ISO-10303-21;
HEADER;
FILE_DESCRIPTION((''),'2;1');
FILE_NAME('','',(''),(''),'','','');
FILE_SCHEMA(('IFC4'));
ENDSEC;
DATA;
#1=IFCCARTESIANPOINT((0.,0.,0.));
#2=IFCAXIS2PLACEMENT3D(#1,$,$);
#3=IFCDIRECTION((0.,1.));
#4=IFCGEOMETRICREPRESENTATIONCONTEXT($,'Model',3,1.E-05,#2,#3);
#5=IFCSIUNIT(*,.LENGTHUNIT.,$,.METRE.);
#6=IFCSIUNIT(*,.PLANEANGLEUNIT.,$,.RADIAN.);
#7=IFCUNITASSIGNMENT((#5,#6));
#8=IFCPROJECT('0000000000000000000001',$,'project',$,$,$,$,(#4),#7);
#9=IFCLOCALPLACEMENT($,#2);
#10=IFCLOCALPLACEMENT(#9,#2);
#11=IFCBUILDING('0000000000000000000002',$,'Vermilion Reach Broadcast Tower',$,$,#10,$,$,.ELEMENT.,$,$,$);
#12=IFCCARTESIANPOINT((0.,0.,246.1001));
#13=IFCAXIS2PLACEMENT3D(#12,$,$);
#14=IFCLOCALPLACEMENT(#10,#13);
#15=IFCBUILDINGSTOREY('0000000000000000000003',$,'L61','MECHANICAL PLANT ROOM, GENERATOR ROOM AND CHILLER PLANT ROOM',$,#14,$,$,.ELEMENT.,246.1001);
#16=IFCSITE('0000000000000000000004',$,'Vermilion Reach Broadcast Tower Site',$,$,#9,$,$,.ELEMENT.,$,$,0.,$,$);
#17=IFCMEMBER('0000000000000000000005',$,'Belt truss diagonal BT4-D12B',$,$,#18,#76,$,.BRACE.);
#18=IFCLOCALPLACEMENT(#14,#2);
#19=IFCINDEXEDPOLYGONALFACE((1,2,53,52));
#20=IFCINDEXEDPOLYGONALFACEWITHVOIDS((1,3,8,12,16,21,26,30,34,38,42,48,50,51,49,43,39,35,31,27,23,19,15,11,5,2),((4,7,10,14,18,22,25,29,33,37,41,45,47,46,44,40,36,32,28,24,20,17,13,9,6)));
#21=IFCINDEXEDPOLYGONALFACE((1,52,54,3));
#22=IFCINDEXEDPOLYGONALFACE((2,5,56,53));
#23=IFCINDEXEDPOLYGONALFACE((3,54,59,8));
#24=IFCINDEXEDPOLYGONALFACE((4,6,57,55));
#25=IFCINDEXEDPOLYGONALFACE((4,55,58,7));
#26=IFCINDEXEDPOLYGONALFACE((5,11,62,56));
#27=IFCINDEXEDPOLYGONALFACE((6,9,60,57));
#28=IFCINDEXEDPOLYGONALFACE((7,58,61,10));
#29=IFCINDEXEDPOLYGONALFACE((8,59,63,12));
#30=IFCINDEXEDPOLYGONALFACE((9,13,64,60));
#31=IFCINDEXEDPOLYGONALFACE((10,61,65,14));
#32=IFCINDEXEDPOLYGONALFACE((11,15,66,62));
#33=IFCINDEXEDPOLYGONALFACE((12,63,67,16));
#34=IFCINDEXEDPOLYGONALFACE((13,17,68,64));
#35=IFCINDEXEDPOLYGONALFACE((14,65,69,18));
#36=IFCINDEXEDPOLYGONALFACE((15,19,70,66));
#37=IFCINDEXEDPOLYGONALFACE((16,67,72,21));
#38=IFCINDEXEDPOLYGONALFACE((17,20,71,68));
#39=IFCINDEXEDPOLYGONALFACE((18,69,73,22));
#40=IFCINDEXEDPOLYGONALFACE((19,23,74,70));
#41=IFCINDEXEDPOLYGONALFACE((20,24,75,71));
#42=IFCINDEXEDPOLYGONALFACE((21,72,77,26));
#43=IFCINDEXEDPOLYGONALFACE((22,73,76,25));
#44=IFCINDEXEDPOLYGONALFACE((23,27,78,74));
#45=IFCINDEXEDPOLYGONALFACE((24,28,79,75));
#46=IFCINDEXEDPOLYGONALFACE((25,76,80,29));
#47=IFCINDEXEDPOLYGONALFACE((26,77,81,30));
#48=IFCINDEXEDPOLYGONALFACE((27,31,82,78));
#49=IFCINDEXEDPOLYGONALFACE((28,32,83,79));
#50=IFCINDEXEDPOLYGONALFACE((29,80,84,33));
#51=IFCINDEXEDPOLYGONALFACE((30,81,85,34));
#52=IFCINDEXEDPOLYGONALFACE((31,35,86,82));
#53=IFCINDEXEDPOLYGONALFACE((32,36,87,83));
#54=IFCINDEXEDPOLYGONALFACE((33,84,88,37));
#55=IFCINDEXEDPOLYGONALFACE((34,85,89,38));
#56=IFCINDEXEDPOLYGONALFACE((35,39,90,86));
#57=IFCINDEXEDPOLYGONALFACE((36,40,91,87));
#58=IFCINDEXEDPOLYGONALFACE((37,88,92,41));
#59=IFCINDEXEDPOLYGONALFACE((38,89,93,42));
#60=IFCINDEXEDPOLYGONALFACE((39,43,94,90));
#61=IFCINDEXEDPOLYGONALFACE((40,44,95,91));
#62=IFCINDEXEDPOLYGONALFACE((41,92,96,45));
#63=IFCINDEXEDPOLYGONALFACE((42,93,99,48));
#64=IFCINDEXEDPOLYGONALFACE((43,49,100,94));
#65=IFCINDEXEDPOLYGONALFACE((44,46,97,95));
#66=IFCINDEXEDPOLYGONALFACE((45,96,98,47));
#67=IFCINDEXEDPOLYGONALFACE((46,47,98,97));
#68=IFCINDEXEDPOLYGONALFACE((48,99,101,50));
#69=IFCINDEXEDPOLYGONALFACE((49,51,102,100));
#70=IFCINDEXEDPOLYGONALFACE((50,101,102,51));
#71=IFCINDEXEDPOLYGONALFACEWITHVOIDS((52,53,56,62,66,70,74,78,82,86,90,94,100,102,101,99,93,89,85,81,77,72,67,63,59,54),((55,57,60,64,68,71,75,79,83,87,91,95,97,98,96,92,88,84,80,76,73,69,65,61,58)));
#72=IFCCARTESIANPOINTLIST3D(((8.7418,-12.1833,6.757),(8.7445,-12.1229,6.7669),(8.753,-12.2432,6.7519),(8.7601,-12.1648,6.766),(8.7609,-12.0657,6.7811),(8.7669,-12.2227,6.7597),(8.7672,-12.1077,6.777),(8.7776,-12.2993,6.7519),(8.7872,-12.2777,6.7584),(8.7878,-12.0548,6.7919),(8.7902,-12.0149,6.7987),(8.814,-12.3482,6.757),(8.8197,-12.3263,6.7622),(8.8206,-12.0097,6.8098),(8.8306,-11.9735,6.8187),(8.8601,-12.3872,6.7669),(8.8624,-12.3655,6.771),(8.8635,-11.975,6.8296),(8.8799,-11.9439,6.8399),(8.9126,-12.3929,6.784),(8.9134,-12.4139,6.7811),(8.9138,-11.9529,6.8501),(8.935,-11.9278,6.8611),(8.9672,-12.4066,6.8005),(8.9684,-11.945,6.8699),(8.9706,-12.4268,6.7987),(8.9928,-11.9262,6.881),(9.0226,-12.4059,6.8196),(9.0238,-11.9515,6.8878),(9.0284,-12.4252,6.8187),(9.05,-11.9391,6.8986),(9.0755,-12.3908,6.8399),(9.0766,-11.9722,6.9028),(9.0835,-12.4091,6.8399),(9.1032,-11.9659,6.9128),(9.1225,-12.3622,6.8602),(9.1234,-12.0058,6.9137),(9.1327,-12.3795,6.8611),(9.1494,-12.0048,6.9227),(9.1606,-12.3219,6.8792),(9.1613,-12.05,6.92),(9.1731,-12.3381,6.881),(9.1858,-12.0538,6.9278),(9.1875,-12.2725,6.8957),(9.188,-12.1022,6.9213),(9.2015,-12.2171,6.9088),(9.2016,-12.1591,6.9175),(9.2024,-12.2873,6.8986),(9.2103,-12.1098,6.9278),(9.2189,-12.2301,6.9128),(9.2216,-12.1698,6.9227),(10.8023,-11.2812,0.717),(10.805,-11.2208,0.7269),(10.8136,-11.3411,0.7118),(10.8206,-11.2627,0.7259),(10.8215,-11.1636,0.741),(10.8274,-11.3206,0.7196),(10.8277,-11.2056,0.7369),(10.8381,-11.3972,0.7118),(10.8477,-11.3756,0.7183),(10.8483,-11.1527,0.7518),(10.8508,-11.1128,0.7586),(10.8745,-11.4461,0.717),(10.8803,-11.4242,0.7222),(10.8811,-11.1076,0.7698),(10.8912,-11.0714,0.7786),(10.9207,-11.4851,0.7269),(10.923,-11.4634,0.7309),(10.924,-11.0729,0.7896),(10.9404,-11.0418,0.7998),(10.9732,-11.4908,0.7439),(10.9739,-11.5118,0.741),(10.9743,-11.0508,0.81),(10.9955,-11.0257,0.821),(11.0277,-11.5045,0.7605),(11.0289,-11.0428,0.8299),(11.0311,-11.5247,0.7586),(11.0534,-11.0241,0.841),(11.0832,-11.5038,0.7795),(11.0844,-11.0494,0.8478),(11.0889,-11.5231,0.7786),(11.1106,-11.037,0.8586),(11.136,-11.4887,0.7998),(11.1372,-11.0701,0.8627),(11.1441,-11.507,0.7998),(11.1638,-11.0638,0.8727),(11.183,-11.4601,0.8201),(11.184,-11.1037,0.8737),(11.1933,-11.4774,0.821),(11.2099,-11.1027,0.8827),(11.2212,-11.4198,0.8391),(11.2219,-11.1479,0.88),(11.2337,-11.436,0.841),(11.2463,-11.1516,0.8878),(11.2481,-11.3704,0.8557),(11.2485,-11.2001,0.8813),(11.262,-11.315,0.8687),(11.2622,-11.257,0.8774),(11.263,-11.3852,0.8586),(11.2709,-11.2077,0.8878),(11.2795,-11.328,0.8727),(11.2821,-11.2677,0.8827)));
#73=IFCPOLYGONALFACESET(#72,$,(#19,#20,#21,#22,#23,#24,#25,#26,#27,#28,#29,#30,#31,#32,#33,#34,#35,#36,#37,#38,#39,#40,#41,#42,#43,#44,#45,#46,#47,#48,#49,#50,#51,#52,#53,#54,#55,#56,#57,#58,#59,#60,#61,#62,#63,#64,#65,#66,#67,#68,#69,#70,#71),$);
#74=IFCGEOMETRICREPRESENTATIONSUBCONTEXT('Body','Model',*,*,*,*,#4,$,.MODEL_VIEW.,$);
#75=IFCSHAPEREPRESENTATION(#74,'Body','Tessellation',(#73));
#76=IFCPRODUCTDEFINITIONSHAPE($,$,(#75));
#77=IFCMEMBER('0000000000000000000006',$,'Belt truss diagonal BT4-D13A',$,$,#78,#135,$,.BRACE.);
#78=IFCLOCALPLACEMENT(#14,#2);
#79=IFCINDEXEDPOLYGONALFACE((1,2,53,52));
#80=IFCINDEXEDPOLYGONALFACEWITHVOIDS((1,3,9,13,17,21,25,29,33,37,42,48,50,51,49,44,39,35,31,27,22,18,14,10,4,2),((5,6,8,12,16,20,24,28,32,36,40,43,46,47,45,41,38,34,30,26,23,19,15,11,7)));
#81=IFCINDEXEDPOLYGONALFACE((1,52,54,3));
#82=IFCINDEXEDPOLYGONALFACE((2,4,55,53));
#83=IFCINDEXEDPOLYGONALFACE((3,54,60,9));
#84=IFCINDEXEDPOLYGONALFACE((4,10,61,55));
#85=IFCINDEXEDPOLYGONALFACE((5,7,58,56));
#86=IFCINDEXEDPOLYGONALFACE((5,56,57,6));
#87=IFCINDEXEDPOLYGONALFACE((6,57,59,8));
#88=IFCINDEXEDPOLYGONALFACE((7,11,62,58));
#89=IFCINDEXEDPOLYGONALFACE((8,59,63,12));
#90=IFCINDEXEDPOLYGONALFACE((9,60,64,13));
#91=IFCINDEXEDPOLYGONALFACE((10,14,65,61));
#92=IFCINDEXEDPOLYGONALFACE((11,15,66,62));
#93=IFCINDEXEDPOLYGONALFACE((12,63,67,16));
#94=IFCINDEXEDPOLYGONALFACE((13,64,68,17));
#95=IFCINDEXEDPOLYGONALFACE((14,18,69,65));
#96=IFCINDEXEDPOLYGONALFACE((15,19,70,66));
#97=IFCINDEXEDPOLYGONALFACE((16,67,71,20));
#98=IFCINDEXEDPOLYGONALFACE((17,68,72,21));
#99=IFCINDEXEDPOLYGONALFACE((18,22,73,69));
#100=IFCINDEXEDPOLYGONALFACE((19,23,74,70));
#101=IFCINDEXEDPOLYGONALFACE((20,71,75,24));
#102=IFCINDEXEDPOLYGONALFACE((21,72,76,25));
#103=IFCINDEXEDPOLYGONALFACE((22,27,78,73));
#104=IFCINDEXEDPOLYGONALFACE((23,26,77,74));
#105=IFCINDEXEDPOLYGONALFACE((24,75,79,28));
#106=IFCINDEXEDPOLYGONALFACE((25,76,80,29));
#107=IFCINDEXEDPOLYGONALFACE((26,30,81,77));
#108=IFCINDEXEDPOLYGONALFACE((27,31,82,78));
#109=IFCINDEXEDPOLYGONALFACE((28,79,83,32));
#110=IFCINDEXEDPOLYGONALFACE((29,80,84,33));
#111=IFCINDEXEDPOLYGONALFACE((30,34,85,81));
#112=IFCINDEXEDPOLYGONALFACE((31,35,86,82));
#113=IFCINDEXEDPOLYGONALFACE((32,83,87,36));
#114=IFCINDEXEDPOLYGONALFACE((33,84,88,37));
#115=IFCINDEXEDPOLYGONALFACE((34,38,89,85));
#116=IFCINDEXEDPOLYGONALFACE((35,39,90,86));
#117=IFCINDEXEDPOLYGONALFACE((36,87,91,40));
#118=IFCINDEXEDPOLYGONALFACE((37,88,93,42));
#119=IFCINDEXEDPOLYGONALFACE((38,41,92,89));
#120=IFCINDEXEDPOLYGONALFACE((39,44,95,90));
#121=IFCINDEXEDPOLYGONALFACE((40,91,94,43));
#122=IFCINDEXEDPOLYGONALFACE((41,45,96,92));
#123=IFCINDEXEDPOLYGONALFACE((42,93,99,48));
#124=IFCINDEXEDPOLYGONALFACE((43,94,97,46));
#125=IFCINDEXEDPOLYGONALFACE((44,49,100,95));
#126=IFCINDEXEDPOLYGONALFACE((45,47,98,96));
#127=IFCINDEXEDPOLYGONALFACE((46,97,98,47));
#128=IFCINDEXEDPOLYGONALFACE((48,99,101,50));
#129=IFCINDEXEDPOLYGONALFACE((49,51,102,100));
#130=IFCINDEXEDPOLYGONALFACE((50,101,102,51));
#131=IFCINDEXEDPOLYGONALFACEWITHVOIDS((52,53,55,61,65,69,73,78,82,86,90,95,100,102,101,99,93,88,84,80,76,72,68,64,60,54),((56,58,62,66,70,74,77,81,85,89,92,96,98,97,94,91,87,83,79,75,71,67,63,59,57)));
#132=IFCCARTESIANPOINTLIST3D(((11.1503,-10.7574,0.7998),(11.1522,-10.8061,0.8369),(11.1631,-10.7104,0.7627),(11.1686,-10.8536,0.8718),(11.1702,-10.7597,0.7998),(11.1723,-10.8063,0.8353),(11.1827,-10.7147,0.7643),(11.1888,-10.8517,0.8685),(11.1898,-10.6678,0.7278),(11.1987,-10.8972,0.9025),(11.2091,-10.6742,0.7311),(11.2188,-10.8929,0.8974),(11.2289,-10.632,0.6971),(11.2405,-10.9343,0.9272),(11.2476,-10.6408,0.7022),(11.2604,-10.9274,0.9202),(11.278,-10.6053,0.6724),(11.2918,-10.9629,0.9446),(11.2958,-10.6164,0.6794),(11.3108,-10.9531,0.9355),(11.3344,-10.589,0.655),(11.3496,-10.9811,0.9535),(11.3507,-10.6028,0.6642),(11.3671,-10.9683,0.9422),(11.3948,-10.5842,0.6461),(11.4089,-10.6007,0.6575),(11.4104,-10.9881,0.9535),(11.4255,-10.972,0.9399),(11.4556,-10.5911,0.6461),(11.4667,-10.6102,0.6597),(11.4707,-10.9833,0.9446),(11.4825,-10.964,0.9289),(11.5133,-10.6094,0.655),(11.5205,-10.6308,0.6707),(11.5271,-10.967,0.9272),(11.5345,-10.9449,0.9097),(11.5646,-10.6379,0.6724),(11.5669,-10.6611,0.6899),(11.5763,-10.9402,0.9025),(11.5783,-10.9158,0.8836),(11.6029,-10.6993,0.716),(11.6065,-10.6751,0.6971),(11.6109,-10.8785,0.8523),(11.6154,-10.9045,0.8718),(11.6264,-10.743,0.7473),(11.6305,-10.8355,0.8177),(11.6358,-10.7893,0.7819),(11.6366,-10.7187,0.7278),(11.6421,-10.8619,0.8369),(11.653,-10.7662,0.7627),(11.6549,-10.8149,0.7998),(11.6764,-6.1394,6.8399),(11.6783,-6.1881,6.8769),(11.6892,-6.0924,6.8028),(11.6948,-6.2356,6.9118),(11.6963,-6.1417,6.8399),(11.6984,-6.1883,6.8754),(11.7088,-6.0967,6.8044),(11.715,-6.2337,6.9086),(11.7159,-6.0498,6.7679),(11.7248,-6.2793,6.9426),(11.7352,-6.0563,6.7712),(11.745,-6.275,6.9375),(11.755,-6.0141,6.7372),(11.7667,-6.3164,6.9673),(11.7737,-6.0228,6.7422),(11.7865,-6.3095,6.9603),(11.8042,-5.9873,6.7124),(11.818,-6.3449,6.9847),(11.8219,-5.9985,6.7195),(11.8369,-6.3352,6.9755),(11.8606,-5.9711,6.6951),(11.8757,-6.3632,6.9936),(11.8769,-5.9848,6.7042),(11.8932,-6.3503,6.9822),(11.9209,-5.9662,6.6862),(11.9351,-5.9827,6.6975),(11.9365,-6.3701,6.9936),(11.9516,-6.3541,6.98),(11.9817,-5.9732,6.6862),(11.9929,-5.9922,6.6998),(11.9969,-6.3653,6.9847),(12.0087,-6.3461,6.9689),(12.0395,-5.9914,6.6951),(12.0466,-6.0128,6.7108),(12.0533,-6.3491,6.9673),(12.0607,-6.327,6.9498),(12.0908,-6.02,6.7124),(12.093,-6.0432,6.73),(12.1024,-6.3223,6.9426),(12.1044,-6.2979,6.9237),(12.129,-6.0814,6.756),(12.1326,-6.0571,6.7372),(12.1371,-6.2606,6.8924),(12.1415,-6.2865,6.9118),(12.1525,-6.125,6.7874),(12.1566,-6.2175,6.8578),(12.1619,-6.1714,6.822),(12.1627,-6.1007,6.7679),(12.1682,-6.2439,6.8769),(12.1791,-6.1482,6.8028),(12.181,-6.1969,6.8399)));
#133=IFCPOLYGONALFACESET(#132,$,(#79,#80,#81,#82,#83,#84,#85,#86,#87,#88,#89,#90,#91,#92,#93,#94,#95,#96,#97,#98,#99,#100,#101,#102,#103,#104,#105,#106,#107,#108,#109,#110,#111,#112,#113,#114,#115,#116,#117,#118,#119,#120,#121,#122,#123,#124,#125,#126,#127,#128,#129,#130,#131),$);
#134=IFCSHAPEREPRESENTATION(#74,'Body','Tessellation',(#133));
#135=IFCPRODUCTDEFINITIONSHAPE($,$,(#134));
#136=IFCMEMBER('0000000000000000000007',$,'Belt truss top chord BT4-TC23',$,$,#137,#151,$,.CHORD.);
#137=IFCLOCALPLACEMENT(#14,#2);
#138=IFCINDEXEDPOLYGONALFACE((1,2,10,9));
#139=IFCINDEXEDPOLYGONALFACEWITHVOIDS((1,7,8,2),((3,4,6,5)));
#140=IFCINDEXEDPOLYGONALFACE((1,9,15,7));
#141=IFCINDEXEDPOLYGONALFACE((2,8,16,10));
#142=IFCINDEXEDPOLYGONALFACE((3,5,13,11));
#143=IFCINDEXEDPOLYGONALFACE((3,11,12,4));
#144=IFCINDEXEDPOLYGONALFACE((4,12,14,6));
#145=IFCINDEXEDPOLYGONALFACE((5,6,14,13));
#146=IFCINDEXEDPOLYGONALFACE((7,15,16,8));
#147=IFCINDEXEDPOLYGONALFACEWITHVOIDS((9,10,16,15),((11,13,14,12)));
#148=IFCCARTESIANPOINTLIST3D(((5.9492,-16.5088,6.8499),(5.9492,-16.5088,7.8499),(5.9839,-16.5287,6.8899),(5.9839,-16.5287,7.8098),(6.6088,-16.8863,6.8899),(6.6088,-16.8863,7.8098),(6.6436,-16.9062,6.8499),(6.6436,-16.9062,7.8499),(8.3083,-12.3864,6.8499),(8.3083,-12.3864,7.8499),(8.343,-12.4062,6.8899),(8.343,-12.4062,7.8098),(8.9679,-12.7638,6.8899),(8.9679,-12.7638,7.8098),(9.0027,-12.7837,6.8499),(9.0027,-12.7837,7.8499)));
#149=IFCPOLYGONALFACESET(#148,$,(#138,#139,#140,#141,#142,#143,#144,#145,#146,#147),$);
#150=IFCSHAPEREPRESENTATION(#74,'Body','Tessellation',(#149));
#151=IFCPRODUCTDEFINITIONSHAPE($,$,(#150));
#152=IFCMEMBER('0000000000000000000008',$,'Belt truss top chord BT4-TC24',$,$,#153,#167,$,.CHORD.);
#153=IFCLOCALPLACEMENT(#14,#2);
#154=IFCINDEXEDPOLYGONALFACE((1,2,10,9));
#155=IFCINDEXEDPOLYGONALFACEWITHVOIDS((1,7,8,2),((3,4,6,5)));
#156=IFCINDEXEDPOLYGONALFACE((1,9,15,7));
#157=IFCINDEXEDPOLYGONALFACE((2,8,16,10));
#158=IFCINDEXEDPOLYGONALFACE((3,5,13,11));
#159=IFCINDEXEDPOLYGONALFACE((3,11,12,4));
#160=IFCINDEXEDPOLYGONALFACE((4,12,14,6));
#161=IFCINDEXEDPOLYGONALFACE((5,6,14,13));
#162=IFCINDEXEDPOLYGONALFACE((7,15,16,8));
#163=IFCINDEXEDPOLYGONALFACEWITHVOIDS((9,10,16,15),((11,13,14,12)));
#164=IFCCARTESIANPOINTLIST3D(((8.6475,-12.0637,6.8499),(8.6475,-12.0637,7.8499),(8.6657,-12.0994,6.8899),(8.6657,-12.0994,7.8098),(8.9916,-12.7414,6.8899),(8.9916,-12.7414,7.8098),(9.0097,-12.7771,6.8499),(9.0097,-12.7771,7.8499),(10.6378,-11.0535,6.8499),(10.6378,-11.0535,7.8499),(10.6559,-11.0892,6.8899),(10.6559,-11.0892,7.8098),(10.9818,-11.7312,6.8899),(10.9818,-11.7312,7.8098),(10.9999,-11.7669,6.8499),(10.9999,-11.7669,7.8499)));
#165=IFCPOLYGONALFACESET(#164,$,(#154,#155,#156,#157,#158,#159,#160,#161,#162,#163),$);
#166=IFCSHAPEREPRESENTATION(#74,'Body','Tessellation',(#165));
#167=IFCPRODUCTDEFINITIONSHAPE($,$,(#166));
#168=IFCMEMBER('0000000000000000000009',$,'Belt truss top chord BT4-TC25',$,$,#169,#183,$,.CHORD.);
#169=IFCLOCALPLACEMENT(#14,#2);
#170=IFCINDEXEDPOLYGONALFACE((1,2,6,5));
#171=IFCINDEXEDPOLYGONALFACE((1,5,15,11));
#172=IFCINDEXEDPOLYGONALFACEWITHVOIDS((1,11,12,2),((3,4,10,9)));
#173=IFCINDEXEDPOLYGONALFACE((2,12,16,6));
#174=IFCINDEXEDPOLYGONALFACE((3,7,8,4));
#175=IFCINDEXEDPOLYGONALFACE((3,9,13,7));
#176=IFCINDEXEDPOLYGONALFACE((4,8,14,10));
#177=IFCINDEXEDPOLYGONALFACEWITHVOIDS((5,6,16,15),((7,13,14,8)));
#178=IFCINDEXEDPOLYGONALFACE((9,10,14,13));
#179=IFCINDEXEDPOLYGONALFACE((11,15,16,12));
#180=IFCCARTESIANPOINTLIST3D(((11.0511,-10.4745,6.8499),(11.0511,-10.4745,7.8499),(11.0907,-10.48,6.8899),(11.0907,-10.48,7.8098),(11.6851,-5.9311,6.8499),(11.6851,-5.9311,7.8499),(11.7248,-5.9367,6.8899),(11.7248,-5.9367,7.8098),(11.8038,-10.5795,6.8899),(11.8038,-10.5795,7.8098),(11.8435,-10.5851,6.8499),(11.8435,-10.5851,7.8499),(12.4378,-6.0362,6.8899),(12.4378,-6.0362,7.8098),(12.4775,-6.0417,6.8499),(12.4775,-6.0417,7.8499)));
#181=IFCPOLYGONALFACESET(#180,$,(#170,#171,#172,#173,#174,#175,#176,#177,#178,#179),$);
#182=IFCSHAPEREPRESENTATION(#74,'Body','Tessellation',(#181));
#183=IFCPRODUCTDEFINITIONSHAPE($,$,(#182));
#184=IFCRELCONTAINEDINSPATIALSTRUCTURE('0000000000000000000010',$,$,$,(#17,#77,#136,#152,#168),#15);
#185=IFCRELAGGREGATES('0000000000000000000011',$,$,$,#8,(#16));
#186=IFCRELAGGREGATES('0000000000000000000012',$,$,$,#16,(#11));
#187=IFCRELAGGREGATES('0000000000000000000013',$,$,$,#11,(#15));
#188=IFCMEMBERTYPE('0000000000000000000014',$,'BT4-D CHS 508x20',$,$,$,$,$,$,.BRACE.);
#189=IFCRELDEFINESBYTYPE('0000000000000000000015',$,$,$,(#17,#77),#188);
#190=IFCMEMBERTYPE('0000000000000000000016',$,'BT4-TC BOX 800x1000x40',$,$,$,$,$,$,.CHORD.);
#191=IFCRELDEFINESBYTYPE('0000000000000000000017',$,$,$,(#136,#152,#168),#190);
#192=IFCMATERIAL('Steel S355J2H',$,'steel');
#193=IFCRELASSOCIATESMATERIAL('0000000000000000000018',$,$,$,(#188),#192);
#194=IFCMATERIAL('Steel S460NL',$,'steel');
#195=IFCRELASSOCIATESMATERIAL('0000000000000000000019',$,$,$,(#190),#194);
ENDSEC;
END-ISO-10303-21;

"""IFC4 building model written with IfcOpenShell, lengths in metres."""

from ifc_helpers import new_model, si_unit, direction, frame, origin, origin_2d, place, context, subcontext, project, spatial, hollow_rectangle, hollow_circle, extrude, material, material_profile, profile_set, type_object, element, save


model = new_model("IFC4")

# Units and contexts
model_context = context("Model", 3, precision=1e-05, world=origin(), true_north=direction((0.0, 1.0)))
body_context = subcontext(model_context, "Body", "Model", "MODEL_VIEW")
ifc_project = project(units=[si_unit("LENGTHUNIT", "METRE"), si_unit("PLANEANGLEUNIT", "RADIAN")], contexts=[model_context])

# Site, building, storey
site_placement = place(None, origin())
site = spatial("IfcSite", under=ifc_project, at=site_placement, Name="Vermilion Reach Broadcast Tower Site", CompositionType="ELEMENT", RefElevation=0.0)
building_placement = place(site_placement, origin())
building = spatial("IfcBuilding", under=site, at=building_placement, Name="Vermilion Reach Broadcast Tower", CompositionType="ELEMENT")
storey_placement = place(building_placement, frame((0.0, 0.0, 246.1001)))
storey = spatial("IfcBuildingStorey", under=building, at=storey_placement, Name="L61", Description="MECHANICAL PLANT ROOM, GENERATOR ROOM AND CHILLER PLANT ROOM", CompositionType="ELEMENT", Elevation=246.1001)

# Members
ifc_material_1 = material(Name="Steel S355J2H", Category="steel")
ifc_material_profile_1 = material_profile(ifc_material_1, hollow_circle(Radius=0.2539, WallThickness=0.02, at=origin_2d()), Name="S355J2H CHS 508x20")
ifc_profile_set_1 = profile_set([ifc_material_profile_1], Name="Steel S355J2H")
member_type_1 = type_object("IfcMemberType", Name="BT4-D CHS 508x20", PredefinedType="BRACE", material=ifc_profile_set_1)
member_1_placement = place(storey_placement, frame((11.0422, -11.2744, 0.7998), z_axis=(-0.319698, -0.139963, 0.937125), x_axis=(0.401047, -0.916058, 0.0)))
element("IfcMember", 1, at=member_1_placement, inside=storey, type_object=member_type_1, Name="Belt truss diagonal BT4-D12B", PredefinedType="BRACE", context=body_context, shape_type="SweptSolid", body=[
    extrude(hollow_circle(Radius=0.2539, WallThickness=0.02, at=origin_2d()), origin(), (0.0, 0.0, 1.0), 6.4453),
])
member_2_placement = place(storey_placement, frame((11.4026, -10.7861, 0.7998), z_axis=(0.069033, 0.605924, 0.792522), x_axis=(-0.993572, 0.113198, 0.0)))
element("IfcMember", 2, at=member_2_placement, inside=storey, type_object=member_type_1, Name="Belt truss diagonal BT4-D13A", PredefinedType="BRACE", context=body_context, shape_type="SweptSolid", body=[
    extrude(hollow_circle(Radius=0.2539, WallThickness=0.02, at=origin_2d()), origin(), (0.0, 0.0, 1.0), 7.6213),
])
ifc_material_2 = material(Name="Steel S460NL", Category="steel")
ifc_material_profile_2 = material_profile(ifc_material_2, hollow_rectangle(XDim=0.8, YDim=1.0, WallThickness=0.04, at=origin_2d()), Name="S460NL BOX 800x1000x40")
ifc_profile_set_2 = profile_set([ifc_material_profile_2], Name="Steel S460NL")
member_type_2 = type_object("IfcMemberType", Name="BT4-TC BOX 800x1000x40", PredefinedType="CHORD", material=ifc_profile_set_2)
member_3_placement = place(storey_placement, frame((6.2964, -16.7075, 7.3499), z_axis=(0.496676, 0.867936, 0.0), x_axis=(-0.867936, 0.496676, 0.0)))
element("IfcMember", 3, at=member_3_placement, inside=storey, type_object=member_type_2, Name="Belt truss top chord BT4-TC23", PredefinedType="CHORD", context=body_context, shape_type="SweptSolid", body=[
    extrude(hollow_rectangle(XDim=0.8, YDim=1.0, WallThickness=0.04, at=origin_2d()), origin(), (0.0, 0.0, 1.0), 4.7498),
])
member_4_placement = place(storey_placement, frame((8.8286, -12.4204, 7.3499), z_axis=(0.891698, 0.452631, 0.0), x_axis=(-0.452631, 0.891698, 0.0)))
element("IfcMember", 4, at=member_4_placement, inside=storey, type_object=member_type_2, Name="Belt truss top chord BT4-TC24", PredefinedType="CHORD", context=body_context, shape_type="SweptSolid", body=[
    extrude(hollow_rectangle(XDim=0.8, YDim=1.0, WallThickness=0.04, at=origin_2d()), origin(), (0.0, 0.0, 1.0), 2.2319),
])
member_5_placement = place(storey_placement, frame((11.4473, -10.5298, 7.3499), z_axis=(0.138209, 0.990403, 0.0), x_axis=(-0.990403, 0.138209, 0.0)))
element("IfcMember", 5, at=member_5_placement, inside=storey, type_object=member_type_2, Name="Belt truss top chord BT4-TC25", PredefinedType="CHORD", context=body_context, shape_type="SweptSolid", body=[
    extrude(hollow_rectangle(XDim=0.8, YDim=1.0, WallThickness=0.04, at=origin_2d()), origin(), (0.0, 0.0, 1.0), 4.5874),
])

save(model, "model.ifc")
